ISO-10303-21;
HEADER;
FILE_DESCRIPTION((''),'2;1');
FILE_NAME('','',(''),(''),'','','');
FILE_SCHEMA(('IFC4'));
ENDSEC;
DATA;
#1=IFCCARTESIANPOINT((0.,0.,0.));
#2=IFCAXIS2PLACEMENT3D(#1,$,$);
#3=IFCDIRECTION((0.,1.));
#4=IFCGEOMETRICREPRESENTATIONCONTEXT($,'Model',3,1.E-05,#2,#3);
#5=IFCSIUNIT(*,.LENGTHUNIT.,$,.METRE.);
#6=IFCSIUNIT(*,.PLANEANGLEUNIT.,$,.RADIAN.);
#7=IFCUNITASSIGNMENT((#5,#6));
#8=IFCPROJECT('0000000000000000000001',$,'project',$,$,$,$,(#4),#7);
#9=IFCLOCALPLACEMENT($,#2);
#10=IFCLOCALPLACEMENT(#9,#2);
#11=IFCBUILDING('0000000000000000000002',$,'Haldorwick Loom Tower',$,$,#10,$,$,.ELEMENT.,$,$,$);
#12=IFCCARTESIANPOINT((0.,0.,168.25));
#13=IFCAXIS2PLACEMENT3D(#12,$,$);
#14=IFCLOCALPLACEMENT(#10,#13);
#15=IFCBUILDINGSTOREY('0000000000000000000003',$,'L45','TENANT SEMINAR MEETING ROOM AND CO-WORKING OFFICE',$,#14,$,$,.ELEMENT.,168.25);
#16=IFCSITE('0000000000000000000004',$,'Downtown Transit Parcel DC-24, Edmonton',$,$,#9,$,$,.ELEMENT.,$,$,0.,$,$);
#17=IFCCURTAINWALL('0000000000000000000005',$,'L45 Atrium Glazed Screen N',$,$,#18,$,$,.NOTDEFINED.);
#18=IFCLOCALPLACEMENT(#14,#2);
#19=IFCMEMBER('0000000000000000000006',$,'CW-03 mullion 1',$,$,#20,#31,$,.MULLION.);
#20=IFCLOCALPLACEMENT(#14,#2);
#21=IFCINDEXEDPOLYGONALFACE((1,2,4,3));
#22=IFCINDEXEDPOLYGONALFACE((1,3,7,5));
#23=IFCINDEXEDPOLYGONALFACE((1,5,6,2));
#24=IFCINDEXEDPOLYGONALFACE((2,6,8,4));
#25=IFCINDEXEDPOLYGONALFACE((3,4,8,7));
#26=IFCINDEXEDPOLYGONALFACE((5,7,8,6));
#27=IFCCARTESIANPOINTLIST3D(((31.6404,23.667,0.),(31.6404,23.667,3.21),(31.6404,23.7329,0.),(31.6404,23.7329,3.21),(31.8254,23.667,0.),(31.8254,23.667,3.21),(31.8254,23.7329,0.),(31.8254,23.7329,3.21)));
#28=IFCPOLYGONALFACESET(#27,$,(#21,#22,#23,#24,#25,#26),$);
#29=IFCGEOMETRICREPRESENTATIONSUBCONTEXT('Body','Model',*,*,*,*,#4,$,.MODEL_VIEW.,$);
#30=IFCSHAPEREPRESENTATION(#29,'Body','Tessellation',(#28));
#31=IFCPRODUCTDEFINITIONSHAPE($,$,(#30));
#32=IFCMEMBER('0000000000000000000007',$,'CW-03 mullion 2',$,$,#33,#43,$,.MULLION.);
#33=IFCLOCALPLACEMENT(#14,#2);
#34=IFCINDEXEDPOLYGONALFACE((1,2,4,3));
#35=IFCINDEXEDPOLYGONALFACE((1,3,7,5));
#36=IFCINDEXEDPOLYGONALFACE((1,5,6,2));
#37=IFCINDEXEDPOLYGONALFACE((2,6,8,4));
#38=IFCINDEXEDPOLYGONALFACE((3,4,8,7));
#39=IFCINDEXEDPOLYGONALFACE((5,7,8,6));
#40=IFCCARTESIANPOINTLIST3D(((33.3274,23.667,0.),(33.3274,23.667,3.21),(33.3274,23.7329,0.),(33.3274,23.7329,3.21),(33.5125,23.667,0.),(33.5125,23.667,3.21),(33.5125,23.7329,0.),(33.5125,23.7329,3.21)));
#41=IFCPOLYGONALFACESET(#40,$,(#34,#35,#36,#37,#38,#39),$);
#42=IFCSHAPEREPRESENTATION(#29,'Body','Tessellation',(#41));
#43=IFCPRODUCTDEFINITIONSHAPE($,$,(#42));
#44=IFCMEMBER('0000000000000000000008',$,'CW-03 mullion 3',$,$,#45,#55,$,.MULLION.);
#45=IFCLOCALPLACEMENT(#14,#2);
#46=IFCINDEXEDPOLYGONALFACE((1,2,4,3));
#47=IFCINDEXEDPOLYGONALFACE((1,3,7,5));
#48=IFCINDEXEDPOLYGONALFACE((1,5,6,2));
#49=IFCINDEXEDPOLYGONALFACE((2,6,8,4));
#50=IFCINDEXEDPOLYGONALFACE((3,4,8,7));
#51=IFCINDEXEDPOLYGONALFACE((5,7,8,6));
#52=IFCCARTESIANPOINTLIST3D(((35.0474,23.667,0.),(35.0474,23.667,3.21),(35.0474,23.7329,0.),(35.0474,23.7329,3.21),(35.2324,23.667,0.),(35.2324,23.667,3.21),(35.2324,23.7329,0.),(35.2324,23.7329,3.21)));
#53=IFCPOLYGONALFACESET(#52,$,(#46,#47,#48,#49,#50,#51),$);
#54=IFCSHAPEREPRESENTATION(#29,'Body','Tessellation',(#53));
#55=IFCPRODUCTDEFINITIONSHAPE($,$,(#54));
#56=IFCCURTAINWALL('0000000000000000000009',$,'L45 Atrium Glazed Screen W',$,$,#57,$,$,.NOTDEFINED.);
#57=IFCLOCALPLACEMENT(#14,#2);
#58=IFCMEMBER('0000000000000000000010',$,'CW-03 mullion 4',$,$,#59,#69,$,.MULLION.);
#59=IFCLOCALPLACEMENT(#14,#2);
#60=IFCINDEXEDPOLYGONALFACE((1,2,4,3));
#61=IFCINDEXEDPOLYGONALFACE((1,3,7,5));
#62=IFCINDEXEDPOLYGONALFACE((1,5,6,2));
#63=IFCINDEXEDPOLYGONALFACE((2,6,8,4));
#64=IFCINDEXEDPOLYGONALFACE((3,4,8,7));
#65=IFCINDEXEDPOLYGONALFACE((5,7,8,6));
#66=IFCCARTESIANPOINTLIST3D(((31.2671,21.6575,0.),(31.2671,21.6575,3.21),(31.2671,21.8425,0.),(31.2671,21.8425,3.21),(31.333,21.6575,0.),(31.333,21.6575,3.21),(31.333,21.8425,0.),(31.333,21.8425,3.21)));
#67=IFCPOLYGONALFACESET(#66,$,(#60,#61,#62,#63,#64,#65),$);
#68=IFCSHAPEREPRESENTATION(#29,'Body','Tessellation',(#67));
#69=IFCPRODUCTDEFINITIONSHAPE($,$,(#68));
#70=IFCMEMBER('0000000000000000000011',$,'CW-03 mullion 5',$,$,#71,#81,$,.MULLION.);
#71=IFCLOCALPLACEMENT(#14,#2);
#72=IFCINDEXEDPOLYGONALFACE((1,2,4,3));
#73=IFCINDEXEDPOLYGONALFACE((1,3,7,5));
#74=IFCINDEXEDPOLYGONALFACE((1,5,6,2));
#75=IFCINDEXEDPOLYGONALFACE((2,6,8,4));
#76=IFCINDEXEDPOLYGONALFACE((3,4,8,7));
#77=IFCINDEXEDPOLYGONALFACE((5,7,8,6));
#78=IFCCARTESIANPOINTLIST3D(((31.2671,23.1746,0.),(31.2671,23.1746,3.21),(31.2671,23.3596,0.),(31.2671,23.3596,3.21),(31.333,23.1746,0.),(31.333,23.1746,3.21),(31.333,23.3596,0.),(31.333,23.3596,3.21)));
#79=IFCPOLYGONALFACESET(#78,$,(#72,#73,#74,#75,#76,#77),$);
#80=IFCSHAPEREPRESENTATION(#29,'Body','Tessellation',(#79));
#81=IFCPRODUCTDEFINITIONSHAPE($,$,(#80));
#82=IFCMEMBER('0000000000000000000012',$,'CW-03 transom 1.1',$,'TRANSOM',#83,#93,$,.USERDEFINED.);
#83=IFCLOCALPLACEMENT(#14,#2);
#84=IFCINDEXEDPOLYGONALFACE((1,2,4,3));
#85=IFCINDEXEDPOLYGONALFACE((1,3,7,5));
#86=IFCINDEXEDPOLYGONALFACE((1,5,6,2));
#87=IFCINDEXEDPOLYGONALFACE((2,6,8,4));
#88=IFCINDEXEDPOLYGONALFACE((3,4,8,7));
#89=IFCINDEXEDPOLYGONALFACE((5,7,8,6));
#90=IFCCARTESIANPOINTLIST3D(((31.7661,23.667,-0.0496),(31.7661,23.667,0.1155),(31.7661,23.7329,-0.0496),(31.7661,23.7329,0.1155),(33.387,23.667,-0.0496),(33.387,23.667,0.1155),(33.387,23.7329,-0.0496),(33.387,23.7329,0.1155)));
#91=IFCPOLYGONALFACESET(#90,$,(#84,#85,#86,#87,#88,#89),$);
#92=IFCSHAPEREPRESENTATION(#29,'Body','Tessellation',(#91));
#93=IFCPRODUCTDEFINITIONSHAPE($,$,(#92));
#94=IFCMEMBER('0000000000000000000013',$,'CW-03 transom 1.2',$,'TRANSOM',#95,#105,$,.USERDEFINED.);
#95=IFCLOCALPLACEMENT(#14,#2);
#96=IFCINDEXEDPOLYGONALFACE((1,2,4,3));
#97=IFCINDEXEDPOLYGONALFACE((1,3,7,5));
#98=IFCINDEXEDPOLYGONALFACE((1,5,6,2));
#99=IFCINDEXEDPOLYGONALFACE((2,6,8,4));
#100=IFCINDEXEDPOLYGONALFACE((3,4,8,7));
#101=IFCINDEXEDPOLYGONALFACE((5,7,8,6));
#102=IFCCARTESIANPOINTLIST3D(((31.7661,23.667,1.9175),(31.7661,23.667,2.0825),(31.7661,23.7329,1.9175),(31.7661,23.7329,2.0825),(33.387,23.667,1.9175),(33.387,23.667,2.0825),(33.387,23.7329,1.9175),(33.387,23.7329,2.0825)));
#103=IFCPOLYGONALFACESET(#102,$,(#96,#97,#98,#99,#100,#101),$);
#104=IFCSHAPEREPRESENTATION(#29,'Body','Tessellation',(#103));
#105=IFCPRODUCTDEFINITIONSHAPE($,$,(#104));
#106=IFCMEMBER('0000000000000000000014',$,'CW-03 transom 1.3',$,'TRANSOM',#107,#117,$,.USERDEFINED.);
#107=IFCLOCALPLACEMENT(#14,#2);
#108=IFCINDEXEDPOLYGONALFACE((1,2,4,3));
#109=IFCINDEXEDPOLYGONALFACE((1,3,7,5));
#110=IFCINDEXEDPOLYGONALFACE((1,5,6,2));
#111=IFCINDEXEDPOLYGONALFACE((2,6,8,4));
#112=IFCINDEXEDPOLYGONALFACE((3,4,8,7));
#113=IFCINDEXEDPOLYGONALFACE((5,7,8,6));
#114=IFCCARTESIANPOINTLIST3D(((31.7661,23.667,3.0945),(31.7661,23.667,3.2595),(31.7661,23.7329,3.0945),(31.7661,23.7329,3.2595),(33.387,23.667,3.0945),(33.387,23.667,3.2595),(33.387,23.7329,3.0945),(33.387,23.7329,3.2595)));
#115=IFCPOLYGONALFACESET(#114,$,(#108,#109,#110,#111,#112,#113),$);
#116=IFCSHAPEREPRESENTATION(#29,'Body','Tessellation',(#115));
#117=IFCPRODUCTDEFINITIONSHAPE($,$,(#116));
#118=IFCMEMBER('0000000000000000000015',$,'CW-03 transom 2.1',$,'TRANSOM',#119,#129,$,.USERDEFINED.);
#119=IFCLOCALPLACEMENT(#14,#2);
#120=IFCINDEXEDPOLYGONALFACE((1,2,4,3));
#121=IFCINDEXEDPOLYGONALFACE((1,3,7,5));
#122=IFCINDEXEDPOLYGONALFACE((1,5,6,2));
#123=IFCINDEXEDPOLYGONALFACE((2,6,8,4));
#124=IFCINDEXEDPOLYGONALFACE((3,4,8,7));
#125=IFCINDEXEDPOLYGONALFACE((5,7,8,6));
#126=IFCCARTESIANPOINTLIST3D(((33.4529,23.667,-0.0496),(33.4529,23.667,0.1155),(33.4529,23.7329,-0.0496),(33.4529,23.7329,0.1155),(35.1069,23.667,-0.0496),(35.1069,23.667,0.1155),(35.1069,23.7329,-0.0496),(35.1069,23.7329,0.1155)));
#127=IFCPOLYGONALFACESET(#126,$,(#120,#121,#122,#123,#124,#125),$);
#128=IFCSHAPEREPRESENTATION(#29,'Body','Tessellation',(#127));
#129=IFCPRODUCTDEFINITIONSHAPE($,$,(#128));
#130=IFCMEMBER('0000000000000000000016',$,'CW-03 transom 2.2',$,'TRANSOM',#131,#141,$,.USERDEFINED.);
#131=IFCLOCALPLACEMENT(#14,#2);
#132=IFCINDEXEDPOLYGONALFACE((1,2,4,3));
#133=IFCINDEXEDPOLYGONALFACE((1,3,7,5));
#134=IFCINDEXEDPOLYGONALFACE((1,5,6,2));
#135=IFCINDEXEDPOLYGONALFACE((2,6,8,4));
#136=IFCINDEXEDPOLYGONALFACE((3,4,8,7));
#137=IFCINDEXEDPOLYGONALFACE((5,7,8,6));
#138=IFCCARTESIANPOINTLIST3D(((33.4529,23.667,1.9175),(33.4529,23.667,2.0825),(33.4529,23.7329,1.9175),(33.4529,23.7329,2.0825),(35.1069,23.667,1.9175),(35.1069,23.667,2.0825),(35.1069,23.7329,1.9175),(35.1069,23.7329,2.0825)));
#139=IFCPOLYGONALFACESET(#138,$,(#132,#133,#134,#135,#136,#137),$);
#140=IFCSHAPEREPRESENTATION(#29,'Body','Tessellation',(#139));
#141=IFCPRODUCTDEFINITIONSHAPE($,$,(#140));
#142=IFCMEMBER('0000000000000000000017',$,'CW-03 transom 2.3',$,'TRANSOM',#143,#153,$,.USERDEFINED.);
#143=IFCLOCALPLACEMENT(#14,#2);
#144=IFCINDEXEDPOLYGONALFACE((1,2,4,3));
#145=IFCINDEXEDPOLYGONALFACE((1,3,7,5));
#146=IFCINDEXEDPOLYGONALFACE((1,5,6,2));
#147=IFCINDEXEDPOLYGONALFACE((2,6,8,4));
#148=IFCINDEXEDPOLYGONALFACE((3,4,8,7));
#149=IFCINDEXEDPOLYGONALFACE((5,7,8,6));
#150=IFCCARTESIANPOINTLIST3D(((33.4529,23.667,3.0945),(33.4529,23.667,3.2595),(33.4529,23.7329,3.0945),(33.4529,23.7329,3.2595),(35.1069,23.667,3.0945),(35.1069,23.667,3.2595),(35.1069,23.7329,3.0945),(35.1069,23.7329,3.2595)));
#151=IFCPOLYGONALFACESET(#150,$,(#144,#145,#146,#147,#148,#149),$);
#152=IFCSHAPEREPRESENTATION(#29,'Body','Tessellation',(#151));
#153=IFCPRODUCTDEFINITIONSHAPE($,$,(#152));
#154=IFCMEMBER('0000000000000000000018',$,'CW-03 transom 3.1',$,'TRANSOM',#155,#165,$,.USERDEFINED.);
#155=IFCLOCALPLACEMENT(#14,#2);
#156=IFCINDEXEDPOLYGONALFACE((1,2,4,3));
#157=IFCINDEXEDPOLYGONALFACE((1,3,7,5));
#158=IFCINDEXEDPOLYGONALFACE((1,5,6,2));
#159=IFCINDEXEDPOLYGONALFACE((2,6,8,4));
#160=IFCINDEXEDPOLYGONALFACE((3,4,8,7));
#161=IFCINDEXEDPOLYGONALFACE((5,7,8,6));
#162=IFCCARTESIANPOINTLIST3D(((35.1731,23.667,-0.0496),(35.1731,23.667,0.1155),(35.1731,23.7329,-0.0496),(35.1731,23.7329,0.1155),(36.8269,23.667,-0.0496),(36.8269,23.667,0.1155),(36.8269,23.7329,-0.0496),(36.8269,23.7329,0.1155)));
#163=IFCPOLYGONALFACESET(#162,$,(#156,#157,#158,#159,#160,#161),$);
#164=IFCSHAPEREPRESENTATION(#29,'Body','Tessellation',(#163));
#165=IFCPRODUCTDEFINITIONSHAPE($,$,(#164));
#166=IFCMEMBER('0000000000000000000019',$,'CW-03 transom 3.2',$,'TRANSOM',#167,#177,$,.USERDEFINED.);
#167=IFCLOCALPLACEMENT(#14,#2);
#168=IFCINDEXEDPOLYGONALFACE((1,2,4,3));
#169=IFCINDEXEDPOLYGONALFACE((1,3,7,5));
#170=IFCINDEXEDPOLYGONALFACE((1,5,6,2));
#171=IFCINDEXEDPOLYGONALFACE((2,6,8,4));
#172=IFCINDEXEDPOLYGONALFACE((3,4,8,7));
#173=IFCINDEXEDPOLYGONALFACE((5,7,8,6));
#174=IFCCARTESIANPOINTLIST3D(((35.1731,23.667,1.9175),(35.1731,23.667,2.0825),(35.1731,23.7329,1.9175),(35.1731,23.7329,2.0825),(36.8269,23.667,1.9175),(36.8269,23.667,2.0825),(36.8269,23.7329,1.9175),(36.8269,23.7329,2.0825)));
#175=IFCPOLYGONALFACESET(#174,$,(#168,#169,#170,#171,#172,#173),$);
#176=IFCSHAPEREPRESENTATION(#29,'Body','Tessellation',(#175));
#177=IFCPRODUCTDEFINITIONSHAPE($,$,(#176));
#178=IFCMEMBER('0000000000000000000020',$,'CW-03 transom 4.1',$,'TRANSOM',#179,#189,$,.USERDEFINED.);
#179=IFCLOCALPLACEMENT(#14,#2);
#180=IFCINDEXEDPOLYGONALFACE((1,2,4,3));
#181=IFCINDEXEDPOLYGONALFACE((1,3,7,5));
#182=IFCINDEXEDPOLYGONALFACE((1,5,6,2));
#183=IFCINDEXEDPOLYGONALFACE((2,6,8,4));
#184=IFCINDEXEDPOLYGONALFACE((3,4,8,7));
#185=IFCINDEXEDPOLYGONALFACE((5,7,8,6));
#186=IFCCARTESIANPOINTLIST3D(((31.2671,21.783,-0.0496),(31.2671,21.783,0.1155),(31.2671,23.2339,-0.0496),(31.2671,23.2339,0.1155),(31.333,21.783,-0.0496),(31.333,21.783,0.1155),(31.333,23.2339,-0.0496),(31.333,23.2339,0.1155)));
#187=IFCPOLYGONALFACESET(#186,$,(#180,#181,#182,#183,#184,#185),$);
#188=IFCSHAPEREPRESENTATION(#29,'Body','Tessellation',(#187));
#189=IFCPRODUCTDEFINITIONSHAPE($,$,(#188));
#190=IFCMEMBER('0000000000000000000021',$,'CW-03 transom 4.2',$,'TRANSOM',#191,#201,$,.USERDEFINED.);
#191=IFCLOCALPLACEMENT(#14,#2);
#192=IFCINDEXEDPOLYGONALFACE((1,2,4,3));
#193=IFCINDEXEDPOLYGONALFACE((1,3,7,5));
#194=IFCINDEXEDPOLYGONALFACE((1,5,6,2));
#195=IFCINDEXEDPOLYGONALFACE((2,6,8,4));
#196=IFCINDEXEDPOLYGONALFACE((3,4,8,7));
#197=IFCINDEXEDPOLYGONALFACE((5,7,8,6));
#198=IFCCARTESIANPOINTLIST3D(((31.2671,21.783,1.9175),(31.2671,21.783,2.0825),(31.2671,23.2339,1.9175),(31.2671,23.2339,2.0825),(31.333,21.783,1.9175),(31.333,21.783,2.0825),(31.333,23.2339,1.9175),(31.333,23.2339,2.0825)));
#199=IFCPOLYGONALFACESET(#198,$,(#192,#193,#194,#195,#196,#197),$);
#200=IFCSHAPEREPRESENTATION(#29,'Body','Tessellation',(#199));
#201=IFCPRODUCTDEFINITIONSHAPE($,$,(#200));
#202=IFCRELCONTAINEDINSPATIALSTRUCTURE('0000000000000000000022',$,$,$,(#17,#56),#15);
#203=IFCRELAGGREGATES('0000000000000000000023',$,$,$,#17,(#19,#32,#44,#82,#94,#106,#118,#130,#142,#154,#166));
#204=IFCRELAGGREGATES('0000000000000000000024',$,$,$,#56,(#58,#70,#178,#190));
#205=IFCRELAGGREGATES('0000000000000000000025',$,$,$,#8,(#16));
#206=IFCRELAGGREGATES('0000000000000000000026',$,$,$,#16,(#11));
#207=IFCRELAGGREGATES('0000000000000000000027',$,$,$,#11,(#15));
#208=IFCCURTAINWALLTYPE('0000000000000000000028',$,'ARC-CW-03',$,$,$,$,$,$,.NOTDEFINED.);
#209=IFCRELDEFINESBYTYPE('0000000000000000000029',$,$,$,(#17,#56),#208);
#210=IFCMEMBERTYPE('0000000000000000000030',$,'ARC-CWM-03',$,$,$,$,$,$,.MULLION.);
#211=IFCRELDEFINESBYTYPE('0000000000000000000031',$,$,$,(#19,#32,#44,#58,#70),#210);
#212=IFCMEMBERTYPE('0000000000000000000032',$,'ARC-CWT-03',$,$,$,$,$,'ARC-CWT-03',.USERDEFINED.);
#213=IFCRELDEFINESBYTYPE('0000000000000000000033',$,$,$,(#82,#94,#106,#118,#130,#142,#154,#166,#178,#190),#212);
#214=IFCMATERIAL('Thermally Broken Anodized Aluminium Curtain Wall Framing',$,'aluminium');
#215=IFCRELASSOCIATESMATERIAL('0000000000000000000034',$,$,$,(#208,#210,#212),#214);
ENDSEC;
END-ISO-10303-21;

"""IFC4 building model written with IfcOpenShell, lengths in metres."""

from ifc_helpers import new_model, si_unit, direction, frame, origin, origin_2d, place, context, subcontext, project, spatial, rectangle, extrude, material, material_profile, profile_set, type_object, element, aggregate, save


model = new_model("IFC4")

# Units and contexts
model_context = context("Model", 3, precision=1e-05, world=origin(), true_north=direction((0.0, 1.0)))
body_context = subcontext(model_context, "Body", "Model", "MODEL_VIEW")
ifc_project = project(units=[si_unit("LENGTHUNIT", "METRE"), si_unit("PLANEANGLEUNIT", "RADIAN")], contexts=[model_context])

# Site, building, storey
site_placement = place(None, origin())
site = spatial("IfcSite", under=ifc_project, at=site_placement, Name="Downtown Transit Parcel DC-24, Edmonton", CompositionType="ELEMENT", RefElevation=0.0)
building_placement = place(site_placement, origin())
building = spatial("IfcBuilding", under=site, at=building_placement, Name="Haldorwick Loom Tower", CompositionType="ELEMENT")
storey_placement = place(building_placement, frame((0.0, 0.0, 168.25)))
storey = spatial("IfcBuildingStorey", under=building, at=storey_placement, Name="L45", Description="TENANT SEMINAR MEETING ROOM AND CO-WORKING OFFICE", CompositionType="ELEMENT", Elevation=168.25)

# Curtain walls, members
ifc_material_1 = material(Name="Thermally Broken Anodized Aluminium Curtain Wall Framing", Category="aluminium")
curtain_wall_type = type_object("IfcCurtainWallType", Name="ARC-CW-03", PredefinedType="NOTDEFINED", material=ifc_material_1)
curtain_wall_1_placement = place(storey_placement, origin())
curtain_wall_1 = element("IfcCurtainWall", 1, at=curtain_wall_1_placement, inside=storey, type_object=curtain_wall_type, Name="L45 Atrium Glazed Screen N", PredefinedType="NOTDEFINED")
ifc_material_profile_1 = material_profile(ifc_material_1, rectangle(XDim=0.0659, YDim=0.1851, at=origin_2d()), Name="ALU_MUL_66X185", Category="aluminium")
ifc_profile_set_1 = profile_set([ifc_material_profile_1], Name="Thermally Broken Anodized Aluminium Curtain Wall Framing")
member_type_1 = type_object("IfcMemberType", Name="ARC-CWM-03", PredefinedType="MULLION", material=ifc_profile_set_1)
member_1_placement = place(storey_placement, frame((31.7329, 23.7, 0.0), z_axis=(0.0, 0.0, 1.0), x_axis=(0.0, 1.0, 0.0)))
member_1 = element("IfcMember", 2, at=member_1_placement, type_object=member_type_1, Name="CW-03 mullion 1", PredefinedType="MULLION", context=body_context, shape_type="SweptSolid", body=[
    extrude(rectangle(XDim=0.0659, YDim=0.1851, at=origin_2d()), origin(), (0.0, 0.0, 1.0), 3.21),
])
member_2_placement = place(storey_placement, frame((33.4199, 23.7, 0.0), z_axis=(0.0, 0.0, 1.0), x_axis=(0.0, 1.0, 0.0)))
member_2 = element("IfcMember", 3, at=member_2_placement, type_object=member_type_1, Name="CW-03 mullion 2", PredefinedType="MULLION", context=body_context, shape_type="SweptSolid", body=[
    extrude(rectangle(XDim=0.0659, YDim=0.1851, at=origin_2d()), origin(), (0.0, 0.0, 1.0), 3.21),
])
member_3_placement = place(storey_placement, frame((35.1399, 23.7, 0.0), z_axis=(0.0, 0.0, 1.0), x_axis=(0.0, 1.0, 0.0)))
member_3 = element("IfcMember", 4, at=member_3_placement, type_object=member_type_1, Name="CW-03 mullion 3", PredefinedType="MULLION", context=body_context, shape_type="SweptSolid", body=[
    extrude(rectangle(XDim=0.0659, YDim=0.1851, at=origin_2d()), origin(), (0.0, 0.0, 1.0), 3.21),
])
curtain_wall_2_placement = place(storey_placement, origin())
curtain_wall_2 = element("IfcCurtainWall", 5, at=curtain_wall_2_placement, inside=storey, type_object=curtain_wall_type, Name="L45 Atrium Glazed Screen W", PredefinedType="NOTDEFINED")
member_4_placement = place(storey_placement, frame((31.3, 21.75, 0.0), z_axis=(0.0, 0.0, 1.0), x_axis=(-1.0, 0.0, 0.0)))
member_4 = element("IfcMember", 6, at=member_4_placement, type_object=member_type_1, Name="CW-03 mullion 4", PredefinedType="MULLION", context=body_context, shape_type="SweptSolid", body=[
    extrude(rectangle(XDim=0.0659, YDim=0.1851, at=origin_2d()), origin(), (0.0, 0.0, 1.0), 3.21),
])
member_5_placement = place(storey_placement, frame((31.3, 23.2671, 0.0), z_axis=(0.0, 0.0, 1.0), x_axis=(-1.0, 0.0, 0.0)))
member_5 = element("IfcMember", 7, at=member_5_placement, type_object=member_type_1, Name="CW-03 mullion 5", PredefinedType="MULLION", context=body_context, shape_type="SweptSolid", body=[
    extrude(rectangle(XDim=0.0659, YDim=0.1851, at=origin_2d()), origin(), (0.0, 0.0, 1.0), 3.21),
])

# Members
ifc_material_profile_2 = material_profile(ifc_material_1, rectangle(XDim=0.0659, YDim=0.165, at=origin_2d()), Name="ALU_TRN_66X165", Category="aluminium")
ifc_profile_set_2 = profile_set([ifc_material_profile_2], Name="Thermally Broken Anodized Aluminium Curtain Wall Framing")
member_type_2 = type_object("IfcMemberType", Name="ARC-CWT-03", ElementType="ARC-CWT-03", PredefinedType="USERDEFINED", material=ifc_profile_set_2)
member_6_placement = place(storey_placement, frame((31.7661, 23.7, 0.033), z_axis=(1.0, 0.0, 0.0), x_axis=(0.0, 1.0, 0.0)))
member_6 = element("IfcMember", 8, at=member_6_placement, type_object=member_type_2, Name="CW-03 transom 1.1", ObjectType="TRANSOM", PredefinedType="USERDEFINED", context=body_context, shape_type="SweptSolid", body=[
    extrude(rectangle(XDim=0.0659, YDim=0.165, at=origin_2d()), origin(), (0.0, 0.0, 1.0), 1.6208),
])
member_7_placement = place(storey_placement, frame((31.7661, 23.7, 2.0), z_axis=(1.0, 0.0, 0.0), x_axis=(0.0, 1.0, 0.0)))
member_7 = element("IfcMember", 9, at=member_7_placement, type_object=member_type_2, Name="CW-03 transom 1.2", ObjectType="TRANSOM", PredefinedType="USERDEFINED", context=body_context, shape_type="SweptSolid", body=[
    extrude(rectangle(XDim=0.0659, YDim=0.165, at=origin_2d()), origin(), (0.0, 0.0, 1.0), 1.6208),
])
member_8_placement = place(storey_placement, frame((31.7661, 23.7, 3.177), z_axis=(1.0, 0.0, 0.0), x_axis=(0.0, 1.0, 0.0)))
member_8 = element("IfcMember", 10, at=member_8_placement, type_object=member_type_2, Name="CW-03 transom 1.3", ObjectType="TRANSOM", PredefinedType="USERDEFINED", context=body_context, shape_type="SweptSolid", body=[
    extrude(rectangle(XDim=0.0659, YDim=0.165, at=origin_2d()), origin(), (0.0, 0.0, 1.0), 1.6208),
])
member_9_placement = place(storey_placement, frame((33.4529, 23.7, 0.033), z_axis=(1.0, 0.0, 0.0), x_axis=(0.0, 1.0, 0.0)))
member_9 = element("IfcMember", 11, at=member_9_placement, type_object=member_type_2, Name="CW-03 transom 2.1", ObjectType="TRANSOM", PredefinedType="USERDEFINED", context=body_context, shape_type="SweptSolid", body=[
    extrude(rectangle(XDim=0.0659, YDim=0.165, at=origin_2d()), origin(), (0.0, 0.0, 1.0), 1.6541),
])
member_10_placement = place(storey_placement, frame((33.4529, 23.7, 2.0), z_axis=(1.0, 0.0, 0.0), x_axis=(0.0, 1.0, 0.0)))
member_10 = element("IfcMember", 12, at=member_10_placement, type_object=member_type_2, Name="CW-03 transom 2.2", ObjectType="TRANSOM", PredefinedType="USERDEFINED", context=body_context, shape_type="SweptSolid", body=[
    extrude(rectangle(XDim=0.0659, YDim=0.165, at=origin_2d()), origin(), (0.0, 0.0, 1.0), 1.6541),
])
member_11_placement = place(storey_placement, frame((33.4529, 23.7, 3.177), z_axis=(1.0, 0.0, 0.0), x_axis=(0.0, 1.0, 0.0)))
member_11 = element("IfcMember", 13, at=member_11_placement, type_object=member_type_2, Name="CW-03 transom 2.3", ObjectType="TRANSOM", PredefinedType="USERDEFINED", context=body_context, shape_type="SweptSolid", body=[
    extrude(rectangle(XDim=0.0659, YDim=0.165, at=origin_2d()), origin(), (0.0, 0.0, 1.0), 1.6541),
])
member_12_placement = place(storey_placement, frame((35.1731, 23.7, 0.033), z_axis=(1.0, 0.0, 0.0), x_axis=(0.0, 1.0, 0.0)))
member_12 = element("IfcMember", 14, at=member_12_placement, type_object=member_type_2, Name="CW-03 transom 3.1", ObjectType="TRANSOM", PredefinedType="USERDEFINED", context=body_context, shape_type="SweptSolid", body=[
    extrude(rectangle(XDim=0.0659, YDim=0.165, at=origin_2d()), origin(), (0.0, 0.0, 1.0), 1.6538),
])
member_13_placement = place(storey_placement, frame((35.1731, 23.7, 2.0), z_axis=(1.0, 0.0, 0.0), x_axis=(0.0, 1.0, 0.0)))
member_13 = element("IfcMember", 15, at=member_13_placement, type_object=member_type_2, Name="CW-03 transom 3.2", ObjectType="TRANSOM", PredefinedType="USERDEFINED", context=body_context, shape_type="SweptSolid", body=[
    extrude(rectangle(XDim=0.0659, YDim=0.165, at=origin_2d()), origin(), (0.0, 0.0, 1.0), 1.6538),
])
member_14_placement = place(storey_placement, frame((31.3, 21.783, 0.033), z_axis=(0.0, 1.0, 0.0), x_axis=(-1.0, 0.0, 0.0)))
member_14 = element("IfcMember", 16, at=member_14_placement, type_object=member_type_2, Name="CW-03 transom 4.1", ObjectType="TRANSOM", PredefinedType="USERDEFINED", context=body_context, shape_type="SweptSolid", body=[
    extrude(rectangle(XDim=0.0659, YDim=0.165, at=origin_2d()), origin(), (0.0, 0.0, 1.0), 1.4509),
])
member_15_placement = place(storey_placement, frame((31.3, 21.783, 2.0), z_axis=(0.0, 1.0, 0.0), x_axis=(-1.0, 0.0, 0.0)))
member_15 = element("IfcMember", 17, at=member_15_placement, type_object=member_type_2, Name="CW-03 transom 4.2", ObjectType="TRANSOM", PredefinedType="USERDEFINED", context=body_context, shape_type="SweptSolid", body=[
    extrude(rectangle(XDim=0.0659, YDim=0.165, at=origin_2d()), origin(), (0.0, 0.0, 1.0), 1.4509),
])

aggregate(curtain_wall_1, [member_1, member_2, member_3, member_6, member_7, member_8, member_9, member_10, member_11, member_12, member_13])
aggregate(curtain_wall_2, [member_4, member_5, member_14, member_15])

save(model, "model.ifc")
